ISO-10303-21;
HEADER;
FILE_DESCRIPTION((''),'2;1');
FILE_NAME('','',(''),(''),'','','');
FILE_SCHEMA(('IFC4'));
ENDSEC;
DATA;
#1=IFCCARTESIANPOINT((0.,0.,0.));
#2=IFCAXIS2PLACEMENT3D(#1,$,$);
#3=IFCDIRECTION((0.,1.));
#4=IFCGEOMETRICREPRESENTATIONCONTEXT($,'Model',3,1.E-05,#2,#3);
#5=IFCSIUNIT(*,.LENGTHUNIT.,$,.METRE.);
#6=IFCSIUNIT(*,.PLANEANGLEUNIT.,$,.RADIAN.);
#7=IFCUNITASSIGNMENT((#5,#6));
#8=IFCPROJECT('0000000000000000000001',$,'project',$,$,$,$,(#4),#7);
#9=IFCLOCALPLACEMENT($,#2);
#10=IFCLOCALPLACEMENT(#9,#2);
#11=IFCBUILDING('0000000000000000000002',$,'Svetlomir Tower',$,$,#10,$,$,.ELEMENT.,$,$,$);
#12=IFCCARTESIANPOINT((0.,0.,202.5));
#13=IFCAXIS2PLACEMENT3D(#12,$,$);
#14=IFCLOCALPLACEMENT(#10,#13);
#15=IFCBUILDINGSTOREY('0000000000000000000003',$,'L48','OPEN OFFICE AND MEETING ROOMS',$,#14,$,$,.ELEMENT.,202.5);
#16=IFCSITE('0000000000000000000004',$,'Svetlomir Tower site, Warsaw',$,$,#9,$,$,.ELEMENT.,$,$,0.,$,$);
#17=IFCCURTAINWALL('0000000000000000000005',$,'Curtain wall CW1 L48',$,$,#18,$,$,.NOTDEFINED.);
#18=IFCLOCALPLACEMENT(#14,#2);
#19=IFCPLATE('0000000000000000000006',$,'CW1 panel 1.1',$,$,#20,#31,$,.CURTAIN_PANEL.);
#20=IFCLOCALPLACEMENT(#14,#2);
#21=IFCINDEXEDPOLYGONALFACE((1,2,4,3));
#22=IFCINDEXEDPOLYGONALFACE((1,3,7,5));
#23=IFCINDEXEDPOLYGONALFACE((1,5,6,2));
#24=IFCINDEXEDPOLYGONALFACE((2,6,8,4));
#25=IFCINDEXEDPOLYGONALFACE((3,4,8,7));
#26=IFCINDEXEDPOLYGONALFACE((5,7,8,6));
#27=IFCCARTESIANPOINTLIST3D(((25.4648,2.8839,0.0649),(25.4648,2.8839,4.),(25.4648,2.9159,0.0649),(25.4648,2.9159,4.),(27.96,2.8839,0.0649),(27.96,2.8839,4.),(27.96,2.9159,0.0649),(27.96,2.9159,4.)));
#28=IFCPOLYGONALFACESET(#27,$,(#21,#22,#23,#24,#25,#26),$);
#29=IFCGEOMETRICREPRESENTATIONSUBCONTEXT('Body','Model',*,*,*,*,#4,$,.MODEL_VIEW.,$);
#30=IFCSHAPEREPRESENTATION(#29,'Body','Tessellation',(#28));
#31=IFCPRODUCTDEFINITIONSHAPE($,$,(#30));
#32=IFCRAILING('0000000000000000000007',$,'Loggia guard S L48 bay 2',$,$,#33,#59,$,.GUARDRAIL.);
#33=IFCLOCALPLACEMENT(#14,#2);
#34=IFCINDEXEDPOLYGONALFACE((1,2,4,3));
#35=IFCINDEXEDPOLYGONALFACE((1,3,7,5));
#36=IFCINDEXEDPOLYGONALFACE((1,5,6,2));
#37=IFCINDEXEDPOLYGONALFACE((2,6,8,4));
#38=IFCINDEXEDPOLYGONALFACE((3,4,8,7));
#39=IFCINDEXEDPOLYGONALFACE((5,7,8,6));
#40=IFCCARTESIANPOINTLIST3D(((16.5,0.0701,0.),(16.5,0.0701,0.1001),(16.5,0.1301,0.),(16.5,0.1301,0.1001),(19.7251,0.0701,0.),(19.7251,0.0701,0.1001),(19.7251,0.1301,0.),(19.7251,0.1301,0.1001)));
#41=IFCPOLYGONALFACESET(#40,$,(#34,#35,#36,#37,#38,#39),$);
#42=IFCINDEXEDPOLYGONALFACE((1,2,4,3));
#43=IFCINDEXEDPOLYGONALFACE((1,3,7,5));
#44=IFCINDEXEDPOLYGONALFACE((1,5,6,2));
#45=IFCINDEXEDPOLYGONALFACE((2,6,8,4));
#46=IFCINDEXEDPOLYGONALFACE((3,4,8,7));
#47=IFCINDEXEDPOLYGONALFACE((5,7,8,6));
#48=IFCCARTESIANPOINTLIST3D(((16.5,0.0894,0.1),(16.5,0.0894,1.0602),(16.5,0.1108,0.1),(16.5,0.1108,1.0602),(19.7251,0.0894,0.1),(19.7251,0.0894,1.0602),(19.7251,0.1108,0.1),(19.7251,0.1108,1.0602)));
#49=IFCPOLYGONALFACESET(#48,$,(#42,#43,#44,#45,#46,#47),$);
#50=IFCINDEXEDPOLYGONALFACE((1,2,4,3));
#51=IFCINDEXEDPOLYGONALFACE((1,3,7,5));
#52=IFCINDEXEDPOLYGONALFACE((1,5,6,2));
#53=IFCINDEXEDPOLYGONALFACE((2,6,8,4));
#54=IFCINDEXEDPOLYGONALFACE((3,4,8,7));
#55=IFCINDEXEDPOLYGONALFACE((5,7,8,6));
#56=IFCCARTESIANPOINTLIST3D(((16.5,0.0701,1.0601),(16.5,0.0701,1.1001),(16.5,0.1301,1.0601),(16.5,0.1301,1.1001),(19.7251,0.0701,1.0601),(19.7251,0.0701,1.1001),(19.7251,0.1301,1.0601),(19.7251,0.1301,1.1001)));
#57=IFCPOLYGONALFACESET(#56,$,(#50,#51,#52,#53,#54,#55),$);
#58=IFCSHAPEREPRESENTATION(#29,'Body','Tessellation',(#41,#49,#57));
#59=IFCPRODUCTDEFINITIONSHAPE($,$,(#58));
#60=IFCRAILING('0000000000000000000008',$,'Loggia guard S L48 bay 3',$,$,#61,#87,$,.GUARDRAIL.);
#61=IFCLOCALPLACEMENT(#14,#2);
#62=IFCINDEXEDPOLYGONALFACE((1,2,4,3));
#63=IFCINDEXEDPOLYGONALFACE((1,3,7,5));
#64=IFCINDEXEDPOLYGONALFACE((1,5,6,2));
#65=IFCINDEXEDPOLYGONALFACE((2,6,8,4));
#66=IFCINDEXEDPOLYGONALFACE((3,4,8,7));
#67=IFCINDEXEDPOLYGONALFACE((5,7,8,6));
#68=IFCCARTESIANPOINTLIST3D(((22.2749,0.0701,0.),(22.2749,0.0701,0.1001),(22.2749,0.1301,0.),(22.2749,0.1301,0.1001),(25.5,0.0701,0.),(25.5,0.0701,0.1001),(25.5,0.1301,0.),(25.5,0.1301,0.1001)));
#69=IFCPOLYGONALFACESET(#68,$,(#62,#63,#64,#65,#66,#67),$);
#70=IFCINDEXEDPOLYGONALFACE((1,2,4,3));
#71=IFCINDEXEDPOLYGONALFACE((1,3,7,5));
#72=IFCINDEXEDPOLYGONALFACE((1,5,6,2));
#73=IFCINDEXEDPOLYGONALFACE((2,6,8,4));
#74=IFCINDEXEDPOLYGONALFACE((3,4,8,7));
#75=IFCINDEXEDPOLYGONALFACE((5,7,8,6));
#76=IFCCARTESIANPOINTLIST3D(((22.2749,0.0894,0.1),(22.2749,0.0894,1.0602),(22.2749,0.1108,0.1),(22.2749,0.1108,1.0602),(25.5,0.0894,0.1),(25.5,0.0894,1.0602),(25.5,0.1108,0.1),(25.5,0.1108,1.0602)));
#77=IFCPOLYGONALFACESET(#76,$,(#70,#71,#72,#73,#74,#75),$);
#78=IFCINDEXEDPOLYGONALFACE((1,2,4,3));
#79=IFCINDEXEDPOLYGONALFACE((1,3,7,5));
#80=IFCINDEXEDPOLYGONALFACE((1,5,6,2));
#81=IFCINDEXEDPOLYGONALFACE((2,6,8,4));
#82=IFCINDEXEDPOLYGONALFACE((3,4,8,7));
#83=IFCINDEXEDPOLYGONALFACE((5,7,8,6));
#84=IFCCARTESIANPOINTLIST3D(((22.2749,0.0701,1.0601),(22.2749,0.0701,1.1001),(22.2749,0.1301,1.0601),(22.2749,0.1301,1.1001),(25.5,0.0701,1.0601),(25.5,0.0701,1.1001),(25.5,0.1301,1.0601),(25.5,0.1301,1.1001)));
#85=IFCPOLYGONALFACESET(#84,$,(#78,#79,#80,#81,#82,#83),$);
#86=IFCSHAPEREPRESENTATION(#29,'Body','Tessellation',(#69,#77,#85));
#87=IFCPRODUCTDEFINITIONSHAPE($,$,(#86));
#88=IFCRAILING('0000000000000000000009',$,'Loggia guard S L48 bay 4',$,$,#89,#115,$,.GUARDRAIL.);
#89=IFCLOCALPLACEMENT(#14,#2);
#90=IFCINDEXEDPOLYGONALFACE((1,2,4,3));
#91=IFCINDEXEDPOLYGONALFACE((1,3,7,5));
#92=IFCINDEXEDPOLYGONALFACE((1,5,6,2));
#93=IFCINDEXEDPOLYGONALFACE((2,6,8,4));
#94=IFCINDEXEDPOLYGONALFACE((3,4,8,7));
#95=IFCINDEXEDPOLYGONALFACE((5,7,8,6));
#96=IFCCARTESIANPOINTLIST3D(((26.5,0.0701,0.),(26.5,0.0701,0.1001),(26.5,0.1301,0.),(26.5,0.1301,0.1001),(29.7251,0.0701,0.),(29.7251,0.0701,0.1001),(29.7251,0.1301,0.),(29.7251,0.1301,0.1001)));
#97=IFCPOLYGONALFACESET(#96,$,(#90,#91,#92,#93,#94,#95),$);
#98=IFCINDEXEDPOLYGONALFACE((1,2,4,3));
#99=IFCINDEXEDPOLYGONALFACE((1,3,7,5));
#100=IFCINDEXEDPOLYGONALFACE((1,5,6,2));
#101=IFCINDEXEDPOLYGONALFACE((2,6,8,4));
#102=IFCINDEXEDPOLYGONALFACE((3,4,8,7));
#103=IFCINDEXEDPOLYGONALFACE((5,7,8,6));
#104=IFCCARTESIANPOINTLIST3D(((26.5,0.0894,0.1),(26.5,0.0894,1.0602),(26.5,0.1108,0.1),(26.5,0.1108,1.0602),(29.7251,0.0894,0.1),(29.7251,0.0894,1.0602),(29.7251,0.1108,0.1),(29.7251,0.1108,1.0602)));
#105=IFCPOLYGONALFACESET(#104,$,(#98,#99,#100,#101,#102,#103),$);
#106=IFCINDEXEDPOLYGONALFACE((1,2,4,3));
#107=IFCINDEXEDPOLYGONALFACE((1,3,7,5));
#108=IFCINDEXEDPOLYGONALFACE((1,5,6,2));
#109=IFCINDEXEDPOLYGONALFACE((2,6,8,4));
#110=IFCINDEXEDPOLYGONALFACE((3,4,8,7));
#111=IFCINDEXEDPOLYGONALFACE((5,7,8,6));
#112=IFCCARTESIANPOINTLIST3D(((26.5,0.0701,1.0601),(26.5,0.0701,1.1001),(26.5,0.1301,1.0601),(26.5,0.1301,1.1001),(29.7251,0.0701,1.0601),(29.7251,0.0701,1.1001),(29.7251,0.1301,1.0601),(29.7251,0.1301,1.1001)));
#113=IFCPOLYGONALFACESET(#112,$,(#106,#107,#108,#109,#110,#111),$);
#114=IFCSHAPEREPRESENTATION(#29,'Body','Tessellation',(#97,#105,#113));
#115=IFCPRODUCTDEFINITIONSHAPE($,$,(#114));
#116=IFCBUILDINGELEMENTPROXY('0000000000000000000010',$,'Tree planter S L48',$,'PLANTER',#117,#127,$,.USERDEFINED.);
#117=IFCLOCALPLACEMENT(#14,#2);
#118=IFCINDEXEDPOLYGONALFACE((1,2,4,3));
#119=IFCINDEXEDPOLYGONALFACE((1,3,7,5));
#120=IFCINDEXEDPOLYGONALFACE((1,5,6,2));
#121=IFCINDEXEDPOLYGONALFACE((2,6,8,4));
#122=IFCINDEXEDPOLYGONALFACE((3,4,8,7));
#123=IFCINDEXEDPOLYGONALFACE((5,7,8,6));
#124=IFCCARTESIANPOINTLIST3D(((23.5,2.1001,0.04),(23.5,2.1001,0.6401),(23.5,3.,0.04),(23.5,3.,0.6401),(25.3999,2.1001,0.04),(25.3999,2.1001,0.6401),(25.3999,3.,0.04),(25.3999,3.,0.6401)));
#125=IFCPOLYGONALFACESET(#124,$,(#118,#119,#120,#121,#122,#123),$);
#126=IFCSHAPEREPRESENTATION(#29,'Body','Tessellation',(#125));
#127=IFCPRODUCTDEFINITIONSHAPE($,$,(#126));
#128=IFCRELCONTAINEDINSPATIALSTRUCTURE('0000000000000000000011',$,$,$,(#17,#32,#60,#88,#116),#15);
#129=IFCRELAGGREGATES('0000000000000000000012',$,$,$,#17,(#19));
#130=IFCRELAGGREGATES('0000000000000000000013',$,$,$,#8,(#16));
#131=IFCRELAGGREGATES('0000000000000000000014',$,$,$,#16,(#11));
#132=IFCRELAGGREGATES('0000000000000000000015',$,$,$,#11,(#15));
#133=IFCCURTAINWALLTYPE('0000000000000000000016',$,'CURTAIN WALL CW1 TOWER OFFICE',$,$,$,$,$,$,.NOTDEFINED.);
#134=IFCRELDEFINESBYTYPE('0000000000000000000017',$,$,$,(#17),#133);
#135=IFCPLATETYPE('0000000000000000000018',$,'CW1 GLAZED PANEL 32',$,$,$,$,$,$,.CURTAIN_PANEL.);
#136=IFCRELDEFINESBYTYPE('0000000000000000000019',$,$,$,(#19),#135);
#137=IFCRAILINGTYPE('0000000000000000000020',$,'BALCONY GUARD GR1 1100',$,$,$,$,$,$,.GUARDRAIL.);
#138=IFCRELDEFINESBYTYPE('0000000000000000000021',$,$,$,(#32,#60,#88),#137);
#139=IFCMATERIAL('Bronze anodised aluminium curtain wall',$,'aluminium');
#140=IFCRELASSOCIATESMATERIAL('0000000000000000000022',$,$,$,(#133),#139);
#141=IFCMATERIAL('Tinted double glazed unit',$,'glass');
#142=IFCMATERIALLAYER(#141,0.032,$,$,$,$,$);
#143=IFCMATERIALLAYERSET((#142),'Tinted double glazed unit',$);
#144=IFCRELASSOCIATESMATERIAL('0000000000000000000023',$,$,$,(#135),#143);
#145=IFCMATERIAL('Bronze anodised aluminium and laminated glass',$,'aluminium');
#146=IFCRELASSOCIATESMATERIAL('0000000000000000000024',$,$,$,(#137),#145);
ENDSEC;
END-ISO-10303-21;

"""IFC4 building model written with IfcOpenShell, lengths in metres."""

from ifc_helpers import new_model, si_unit, direction, frame, origin, origin_2d, place, context, subcontext, project, spatial, rectangle, extrude, material, layer, layer_set, type_object, element, aggregate, save


model = new_model("IFC4")

# Units and contexts
model_context = context("Model", 3, precision=1e-05, world=origin(), true_north=direction((0.0, 1.0)))
body_context = subcontext(model_context, "Body", "Model", "MODEL_VIEW")
ifc_project = project(units=[si_unit("LENGTHUNIT", "METRE"), si_unit("PLANEANGLEUNIT", "RADIAN")], contexts=[model_context])

# Site, building, storey
site_placement = place(None, origin())
site = spatial("IfcSite", under=ifc_project, at=site_placement, Name="Svetlomir Tower site, Warsaw", CompositionType="ELEMENT", RefElevation=0.0)
building_placement = place(site_placement, origin())
building = spatial("IfcBuilding", under=site, at=building_placement, Name="Svetlomir Tower", CompositionType="ELEMENT")
storey_placement = place(building_placement, frame((0.0, 0.0, 202.5)))
storey = spatial("IfcBuildingStorey", under=building, at=storey_placement, Name="L48", Description="OPEN OFFICE AND MEETING ROOMS", CompositionType="ELEMENT", Elevation=202.5)

# Curtain wall
ifc_material_1 = material(Name="Bronze anodised aluminium curtain wall", Category="aluminium")
curtain_wall_type = type_object("IfcCurtainWallType", Name="CURTAIN WALL CW1 TOWER OFFICE", PredefinedType="NOTDEFINED", material=ifc_material_1)
curtain_wall_1_placement = place(storey_placement, origin())
curtain_wall_1 = element("IfcCurtainWall", 1, at=curtain_wall_1_placement, inside=storey, type_object=curtain_wall_type, Name="Curtain wall CW1 L48", PredefinedType="NOTDEFINED")

# Plate
ifc_material_2 = material(Name="Tinted double glazed unit", Category="glass")
ifc_layer_1 = layer(ifc_material_2, 0.032)
ifc_layer_set_1 = layer_set([ifc_layer_1], Name="Tinted double glazed unit")
plate_type = type_object("IfcPlateType", Name="CW1 GLAZED PANEL 32", PredefinedType="CURTAIN_PANEL", material=ifc_layer_set_1)
plate_1_placement = place(storey_placement, frame((26.7124, 2.8999, 0.0649), z_axis=(0.0, 0.0, 1.0), x_axis=(1.0, 0.0, 0.0)))
plate_1 = element("IfcPlate", 2, at=plate_1_placement, type_object=plate_type, Name="CW1 panel 1.1", PredefinedType="CURTAIN_PANEL", context=body_context, shape_type="SweptSolid", body=[
    extrude(rectangle(XDim=2.4951, YDim=0.032, at=origin_2d()), origin(), (0.0, 0.0, 1.0), 3.9351),
])
aggregate(curtain_wall_1, [plate_1])

# Railings
ifc_material_3 = material(Name="Bronze anodised aluminium and laminated glass", Category="aluminium")
railing_type = type_object("IfcRailingType", Name="BALCONY GUARD GR1 1100", PredefinedType="GUARDRAIL", material=ifc_material_3)
for number, where, name in (
    (3, (16.5, 0.1001, 0.0), "Loggia guard S L48 bay 2"),
    (4, (22.2749, 0.1001, 0.0), "Loggia guard S L48 bay 3"),
    (5, (26.5, 0.1001, 0.0), "Loggia guard S L48 bay 4"),
):
    element("IfcRailing", number, at=place(storey_placement, frame(where)), inside=storey, type_object=railing_type, Name=name, PredefinedType="GUARDRAIL", context=body_context, shape_type="SweptSolid", body=[
        extrude(rectangle(XDim=0.0601, YDim=0.1001, at=origin_2d()), frame((0.0, 0.0, 0.05), z_axis=(1.0, 0.0, 0.0), x_axis=(0.0, 1.0, 0.0)), (0.0, 0.0, 1.0), 3.2251),
        extrude(rectangle(XDim=0.0215, YDim=0.9602, at=origin_2d()), frame((0.0, 0.0, 0.5801), z_axis=(1.0, 0.0, 0.0), x_axis=(0.0, 1.0, 0.0)), (0.0, 0.0, 1.0), 3.2251),
        extrude(rectangle(XDim=0.0601, YDim=0.04, at=origin_2d()), frame((0.0, 0.0, 1.0801), z_axis=(1.0, 0.0, 0.0), x_axis=(0.0, 1.0, 0.0)), (0.0, 0.0, 1.0), 3.2251),
    ])

# Building element proxy
proxy_placement = place(storey_placement, frame((24.45, 2.55, 0.04), z_axis=(0.0, 0.0, 1.0), x_axis=(1.0, 0.0, 0.0)))
element("IfcBuildingElementProxy", 6, at=proxy_placement, inside=storey, Name="Tree planter S L48", ObjectType="PLANTER", PredefinedType="USERDEFINED", context=body_context, shape_type="SweptSolid", body=[
    extrude(rectangle(XDim=1.8999, YDim=0.8999, at=origin_2d()), origin(), (0.0, 0.0, 1.0), 0.6001),
])

save(model, "model.ifc")
